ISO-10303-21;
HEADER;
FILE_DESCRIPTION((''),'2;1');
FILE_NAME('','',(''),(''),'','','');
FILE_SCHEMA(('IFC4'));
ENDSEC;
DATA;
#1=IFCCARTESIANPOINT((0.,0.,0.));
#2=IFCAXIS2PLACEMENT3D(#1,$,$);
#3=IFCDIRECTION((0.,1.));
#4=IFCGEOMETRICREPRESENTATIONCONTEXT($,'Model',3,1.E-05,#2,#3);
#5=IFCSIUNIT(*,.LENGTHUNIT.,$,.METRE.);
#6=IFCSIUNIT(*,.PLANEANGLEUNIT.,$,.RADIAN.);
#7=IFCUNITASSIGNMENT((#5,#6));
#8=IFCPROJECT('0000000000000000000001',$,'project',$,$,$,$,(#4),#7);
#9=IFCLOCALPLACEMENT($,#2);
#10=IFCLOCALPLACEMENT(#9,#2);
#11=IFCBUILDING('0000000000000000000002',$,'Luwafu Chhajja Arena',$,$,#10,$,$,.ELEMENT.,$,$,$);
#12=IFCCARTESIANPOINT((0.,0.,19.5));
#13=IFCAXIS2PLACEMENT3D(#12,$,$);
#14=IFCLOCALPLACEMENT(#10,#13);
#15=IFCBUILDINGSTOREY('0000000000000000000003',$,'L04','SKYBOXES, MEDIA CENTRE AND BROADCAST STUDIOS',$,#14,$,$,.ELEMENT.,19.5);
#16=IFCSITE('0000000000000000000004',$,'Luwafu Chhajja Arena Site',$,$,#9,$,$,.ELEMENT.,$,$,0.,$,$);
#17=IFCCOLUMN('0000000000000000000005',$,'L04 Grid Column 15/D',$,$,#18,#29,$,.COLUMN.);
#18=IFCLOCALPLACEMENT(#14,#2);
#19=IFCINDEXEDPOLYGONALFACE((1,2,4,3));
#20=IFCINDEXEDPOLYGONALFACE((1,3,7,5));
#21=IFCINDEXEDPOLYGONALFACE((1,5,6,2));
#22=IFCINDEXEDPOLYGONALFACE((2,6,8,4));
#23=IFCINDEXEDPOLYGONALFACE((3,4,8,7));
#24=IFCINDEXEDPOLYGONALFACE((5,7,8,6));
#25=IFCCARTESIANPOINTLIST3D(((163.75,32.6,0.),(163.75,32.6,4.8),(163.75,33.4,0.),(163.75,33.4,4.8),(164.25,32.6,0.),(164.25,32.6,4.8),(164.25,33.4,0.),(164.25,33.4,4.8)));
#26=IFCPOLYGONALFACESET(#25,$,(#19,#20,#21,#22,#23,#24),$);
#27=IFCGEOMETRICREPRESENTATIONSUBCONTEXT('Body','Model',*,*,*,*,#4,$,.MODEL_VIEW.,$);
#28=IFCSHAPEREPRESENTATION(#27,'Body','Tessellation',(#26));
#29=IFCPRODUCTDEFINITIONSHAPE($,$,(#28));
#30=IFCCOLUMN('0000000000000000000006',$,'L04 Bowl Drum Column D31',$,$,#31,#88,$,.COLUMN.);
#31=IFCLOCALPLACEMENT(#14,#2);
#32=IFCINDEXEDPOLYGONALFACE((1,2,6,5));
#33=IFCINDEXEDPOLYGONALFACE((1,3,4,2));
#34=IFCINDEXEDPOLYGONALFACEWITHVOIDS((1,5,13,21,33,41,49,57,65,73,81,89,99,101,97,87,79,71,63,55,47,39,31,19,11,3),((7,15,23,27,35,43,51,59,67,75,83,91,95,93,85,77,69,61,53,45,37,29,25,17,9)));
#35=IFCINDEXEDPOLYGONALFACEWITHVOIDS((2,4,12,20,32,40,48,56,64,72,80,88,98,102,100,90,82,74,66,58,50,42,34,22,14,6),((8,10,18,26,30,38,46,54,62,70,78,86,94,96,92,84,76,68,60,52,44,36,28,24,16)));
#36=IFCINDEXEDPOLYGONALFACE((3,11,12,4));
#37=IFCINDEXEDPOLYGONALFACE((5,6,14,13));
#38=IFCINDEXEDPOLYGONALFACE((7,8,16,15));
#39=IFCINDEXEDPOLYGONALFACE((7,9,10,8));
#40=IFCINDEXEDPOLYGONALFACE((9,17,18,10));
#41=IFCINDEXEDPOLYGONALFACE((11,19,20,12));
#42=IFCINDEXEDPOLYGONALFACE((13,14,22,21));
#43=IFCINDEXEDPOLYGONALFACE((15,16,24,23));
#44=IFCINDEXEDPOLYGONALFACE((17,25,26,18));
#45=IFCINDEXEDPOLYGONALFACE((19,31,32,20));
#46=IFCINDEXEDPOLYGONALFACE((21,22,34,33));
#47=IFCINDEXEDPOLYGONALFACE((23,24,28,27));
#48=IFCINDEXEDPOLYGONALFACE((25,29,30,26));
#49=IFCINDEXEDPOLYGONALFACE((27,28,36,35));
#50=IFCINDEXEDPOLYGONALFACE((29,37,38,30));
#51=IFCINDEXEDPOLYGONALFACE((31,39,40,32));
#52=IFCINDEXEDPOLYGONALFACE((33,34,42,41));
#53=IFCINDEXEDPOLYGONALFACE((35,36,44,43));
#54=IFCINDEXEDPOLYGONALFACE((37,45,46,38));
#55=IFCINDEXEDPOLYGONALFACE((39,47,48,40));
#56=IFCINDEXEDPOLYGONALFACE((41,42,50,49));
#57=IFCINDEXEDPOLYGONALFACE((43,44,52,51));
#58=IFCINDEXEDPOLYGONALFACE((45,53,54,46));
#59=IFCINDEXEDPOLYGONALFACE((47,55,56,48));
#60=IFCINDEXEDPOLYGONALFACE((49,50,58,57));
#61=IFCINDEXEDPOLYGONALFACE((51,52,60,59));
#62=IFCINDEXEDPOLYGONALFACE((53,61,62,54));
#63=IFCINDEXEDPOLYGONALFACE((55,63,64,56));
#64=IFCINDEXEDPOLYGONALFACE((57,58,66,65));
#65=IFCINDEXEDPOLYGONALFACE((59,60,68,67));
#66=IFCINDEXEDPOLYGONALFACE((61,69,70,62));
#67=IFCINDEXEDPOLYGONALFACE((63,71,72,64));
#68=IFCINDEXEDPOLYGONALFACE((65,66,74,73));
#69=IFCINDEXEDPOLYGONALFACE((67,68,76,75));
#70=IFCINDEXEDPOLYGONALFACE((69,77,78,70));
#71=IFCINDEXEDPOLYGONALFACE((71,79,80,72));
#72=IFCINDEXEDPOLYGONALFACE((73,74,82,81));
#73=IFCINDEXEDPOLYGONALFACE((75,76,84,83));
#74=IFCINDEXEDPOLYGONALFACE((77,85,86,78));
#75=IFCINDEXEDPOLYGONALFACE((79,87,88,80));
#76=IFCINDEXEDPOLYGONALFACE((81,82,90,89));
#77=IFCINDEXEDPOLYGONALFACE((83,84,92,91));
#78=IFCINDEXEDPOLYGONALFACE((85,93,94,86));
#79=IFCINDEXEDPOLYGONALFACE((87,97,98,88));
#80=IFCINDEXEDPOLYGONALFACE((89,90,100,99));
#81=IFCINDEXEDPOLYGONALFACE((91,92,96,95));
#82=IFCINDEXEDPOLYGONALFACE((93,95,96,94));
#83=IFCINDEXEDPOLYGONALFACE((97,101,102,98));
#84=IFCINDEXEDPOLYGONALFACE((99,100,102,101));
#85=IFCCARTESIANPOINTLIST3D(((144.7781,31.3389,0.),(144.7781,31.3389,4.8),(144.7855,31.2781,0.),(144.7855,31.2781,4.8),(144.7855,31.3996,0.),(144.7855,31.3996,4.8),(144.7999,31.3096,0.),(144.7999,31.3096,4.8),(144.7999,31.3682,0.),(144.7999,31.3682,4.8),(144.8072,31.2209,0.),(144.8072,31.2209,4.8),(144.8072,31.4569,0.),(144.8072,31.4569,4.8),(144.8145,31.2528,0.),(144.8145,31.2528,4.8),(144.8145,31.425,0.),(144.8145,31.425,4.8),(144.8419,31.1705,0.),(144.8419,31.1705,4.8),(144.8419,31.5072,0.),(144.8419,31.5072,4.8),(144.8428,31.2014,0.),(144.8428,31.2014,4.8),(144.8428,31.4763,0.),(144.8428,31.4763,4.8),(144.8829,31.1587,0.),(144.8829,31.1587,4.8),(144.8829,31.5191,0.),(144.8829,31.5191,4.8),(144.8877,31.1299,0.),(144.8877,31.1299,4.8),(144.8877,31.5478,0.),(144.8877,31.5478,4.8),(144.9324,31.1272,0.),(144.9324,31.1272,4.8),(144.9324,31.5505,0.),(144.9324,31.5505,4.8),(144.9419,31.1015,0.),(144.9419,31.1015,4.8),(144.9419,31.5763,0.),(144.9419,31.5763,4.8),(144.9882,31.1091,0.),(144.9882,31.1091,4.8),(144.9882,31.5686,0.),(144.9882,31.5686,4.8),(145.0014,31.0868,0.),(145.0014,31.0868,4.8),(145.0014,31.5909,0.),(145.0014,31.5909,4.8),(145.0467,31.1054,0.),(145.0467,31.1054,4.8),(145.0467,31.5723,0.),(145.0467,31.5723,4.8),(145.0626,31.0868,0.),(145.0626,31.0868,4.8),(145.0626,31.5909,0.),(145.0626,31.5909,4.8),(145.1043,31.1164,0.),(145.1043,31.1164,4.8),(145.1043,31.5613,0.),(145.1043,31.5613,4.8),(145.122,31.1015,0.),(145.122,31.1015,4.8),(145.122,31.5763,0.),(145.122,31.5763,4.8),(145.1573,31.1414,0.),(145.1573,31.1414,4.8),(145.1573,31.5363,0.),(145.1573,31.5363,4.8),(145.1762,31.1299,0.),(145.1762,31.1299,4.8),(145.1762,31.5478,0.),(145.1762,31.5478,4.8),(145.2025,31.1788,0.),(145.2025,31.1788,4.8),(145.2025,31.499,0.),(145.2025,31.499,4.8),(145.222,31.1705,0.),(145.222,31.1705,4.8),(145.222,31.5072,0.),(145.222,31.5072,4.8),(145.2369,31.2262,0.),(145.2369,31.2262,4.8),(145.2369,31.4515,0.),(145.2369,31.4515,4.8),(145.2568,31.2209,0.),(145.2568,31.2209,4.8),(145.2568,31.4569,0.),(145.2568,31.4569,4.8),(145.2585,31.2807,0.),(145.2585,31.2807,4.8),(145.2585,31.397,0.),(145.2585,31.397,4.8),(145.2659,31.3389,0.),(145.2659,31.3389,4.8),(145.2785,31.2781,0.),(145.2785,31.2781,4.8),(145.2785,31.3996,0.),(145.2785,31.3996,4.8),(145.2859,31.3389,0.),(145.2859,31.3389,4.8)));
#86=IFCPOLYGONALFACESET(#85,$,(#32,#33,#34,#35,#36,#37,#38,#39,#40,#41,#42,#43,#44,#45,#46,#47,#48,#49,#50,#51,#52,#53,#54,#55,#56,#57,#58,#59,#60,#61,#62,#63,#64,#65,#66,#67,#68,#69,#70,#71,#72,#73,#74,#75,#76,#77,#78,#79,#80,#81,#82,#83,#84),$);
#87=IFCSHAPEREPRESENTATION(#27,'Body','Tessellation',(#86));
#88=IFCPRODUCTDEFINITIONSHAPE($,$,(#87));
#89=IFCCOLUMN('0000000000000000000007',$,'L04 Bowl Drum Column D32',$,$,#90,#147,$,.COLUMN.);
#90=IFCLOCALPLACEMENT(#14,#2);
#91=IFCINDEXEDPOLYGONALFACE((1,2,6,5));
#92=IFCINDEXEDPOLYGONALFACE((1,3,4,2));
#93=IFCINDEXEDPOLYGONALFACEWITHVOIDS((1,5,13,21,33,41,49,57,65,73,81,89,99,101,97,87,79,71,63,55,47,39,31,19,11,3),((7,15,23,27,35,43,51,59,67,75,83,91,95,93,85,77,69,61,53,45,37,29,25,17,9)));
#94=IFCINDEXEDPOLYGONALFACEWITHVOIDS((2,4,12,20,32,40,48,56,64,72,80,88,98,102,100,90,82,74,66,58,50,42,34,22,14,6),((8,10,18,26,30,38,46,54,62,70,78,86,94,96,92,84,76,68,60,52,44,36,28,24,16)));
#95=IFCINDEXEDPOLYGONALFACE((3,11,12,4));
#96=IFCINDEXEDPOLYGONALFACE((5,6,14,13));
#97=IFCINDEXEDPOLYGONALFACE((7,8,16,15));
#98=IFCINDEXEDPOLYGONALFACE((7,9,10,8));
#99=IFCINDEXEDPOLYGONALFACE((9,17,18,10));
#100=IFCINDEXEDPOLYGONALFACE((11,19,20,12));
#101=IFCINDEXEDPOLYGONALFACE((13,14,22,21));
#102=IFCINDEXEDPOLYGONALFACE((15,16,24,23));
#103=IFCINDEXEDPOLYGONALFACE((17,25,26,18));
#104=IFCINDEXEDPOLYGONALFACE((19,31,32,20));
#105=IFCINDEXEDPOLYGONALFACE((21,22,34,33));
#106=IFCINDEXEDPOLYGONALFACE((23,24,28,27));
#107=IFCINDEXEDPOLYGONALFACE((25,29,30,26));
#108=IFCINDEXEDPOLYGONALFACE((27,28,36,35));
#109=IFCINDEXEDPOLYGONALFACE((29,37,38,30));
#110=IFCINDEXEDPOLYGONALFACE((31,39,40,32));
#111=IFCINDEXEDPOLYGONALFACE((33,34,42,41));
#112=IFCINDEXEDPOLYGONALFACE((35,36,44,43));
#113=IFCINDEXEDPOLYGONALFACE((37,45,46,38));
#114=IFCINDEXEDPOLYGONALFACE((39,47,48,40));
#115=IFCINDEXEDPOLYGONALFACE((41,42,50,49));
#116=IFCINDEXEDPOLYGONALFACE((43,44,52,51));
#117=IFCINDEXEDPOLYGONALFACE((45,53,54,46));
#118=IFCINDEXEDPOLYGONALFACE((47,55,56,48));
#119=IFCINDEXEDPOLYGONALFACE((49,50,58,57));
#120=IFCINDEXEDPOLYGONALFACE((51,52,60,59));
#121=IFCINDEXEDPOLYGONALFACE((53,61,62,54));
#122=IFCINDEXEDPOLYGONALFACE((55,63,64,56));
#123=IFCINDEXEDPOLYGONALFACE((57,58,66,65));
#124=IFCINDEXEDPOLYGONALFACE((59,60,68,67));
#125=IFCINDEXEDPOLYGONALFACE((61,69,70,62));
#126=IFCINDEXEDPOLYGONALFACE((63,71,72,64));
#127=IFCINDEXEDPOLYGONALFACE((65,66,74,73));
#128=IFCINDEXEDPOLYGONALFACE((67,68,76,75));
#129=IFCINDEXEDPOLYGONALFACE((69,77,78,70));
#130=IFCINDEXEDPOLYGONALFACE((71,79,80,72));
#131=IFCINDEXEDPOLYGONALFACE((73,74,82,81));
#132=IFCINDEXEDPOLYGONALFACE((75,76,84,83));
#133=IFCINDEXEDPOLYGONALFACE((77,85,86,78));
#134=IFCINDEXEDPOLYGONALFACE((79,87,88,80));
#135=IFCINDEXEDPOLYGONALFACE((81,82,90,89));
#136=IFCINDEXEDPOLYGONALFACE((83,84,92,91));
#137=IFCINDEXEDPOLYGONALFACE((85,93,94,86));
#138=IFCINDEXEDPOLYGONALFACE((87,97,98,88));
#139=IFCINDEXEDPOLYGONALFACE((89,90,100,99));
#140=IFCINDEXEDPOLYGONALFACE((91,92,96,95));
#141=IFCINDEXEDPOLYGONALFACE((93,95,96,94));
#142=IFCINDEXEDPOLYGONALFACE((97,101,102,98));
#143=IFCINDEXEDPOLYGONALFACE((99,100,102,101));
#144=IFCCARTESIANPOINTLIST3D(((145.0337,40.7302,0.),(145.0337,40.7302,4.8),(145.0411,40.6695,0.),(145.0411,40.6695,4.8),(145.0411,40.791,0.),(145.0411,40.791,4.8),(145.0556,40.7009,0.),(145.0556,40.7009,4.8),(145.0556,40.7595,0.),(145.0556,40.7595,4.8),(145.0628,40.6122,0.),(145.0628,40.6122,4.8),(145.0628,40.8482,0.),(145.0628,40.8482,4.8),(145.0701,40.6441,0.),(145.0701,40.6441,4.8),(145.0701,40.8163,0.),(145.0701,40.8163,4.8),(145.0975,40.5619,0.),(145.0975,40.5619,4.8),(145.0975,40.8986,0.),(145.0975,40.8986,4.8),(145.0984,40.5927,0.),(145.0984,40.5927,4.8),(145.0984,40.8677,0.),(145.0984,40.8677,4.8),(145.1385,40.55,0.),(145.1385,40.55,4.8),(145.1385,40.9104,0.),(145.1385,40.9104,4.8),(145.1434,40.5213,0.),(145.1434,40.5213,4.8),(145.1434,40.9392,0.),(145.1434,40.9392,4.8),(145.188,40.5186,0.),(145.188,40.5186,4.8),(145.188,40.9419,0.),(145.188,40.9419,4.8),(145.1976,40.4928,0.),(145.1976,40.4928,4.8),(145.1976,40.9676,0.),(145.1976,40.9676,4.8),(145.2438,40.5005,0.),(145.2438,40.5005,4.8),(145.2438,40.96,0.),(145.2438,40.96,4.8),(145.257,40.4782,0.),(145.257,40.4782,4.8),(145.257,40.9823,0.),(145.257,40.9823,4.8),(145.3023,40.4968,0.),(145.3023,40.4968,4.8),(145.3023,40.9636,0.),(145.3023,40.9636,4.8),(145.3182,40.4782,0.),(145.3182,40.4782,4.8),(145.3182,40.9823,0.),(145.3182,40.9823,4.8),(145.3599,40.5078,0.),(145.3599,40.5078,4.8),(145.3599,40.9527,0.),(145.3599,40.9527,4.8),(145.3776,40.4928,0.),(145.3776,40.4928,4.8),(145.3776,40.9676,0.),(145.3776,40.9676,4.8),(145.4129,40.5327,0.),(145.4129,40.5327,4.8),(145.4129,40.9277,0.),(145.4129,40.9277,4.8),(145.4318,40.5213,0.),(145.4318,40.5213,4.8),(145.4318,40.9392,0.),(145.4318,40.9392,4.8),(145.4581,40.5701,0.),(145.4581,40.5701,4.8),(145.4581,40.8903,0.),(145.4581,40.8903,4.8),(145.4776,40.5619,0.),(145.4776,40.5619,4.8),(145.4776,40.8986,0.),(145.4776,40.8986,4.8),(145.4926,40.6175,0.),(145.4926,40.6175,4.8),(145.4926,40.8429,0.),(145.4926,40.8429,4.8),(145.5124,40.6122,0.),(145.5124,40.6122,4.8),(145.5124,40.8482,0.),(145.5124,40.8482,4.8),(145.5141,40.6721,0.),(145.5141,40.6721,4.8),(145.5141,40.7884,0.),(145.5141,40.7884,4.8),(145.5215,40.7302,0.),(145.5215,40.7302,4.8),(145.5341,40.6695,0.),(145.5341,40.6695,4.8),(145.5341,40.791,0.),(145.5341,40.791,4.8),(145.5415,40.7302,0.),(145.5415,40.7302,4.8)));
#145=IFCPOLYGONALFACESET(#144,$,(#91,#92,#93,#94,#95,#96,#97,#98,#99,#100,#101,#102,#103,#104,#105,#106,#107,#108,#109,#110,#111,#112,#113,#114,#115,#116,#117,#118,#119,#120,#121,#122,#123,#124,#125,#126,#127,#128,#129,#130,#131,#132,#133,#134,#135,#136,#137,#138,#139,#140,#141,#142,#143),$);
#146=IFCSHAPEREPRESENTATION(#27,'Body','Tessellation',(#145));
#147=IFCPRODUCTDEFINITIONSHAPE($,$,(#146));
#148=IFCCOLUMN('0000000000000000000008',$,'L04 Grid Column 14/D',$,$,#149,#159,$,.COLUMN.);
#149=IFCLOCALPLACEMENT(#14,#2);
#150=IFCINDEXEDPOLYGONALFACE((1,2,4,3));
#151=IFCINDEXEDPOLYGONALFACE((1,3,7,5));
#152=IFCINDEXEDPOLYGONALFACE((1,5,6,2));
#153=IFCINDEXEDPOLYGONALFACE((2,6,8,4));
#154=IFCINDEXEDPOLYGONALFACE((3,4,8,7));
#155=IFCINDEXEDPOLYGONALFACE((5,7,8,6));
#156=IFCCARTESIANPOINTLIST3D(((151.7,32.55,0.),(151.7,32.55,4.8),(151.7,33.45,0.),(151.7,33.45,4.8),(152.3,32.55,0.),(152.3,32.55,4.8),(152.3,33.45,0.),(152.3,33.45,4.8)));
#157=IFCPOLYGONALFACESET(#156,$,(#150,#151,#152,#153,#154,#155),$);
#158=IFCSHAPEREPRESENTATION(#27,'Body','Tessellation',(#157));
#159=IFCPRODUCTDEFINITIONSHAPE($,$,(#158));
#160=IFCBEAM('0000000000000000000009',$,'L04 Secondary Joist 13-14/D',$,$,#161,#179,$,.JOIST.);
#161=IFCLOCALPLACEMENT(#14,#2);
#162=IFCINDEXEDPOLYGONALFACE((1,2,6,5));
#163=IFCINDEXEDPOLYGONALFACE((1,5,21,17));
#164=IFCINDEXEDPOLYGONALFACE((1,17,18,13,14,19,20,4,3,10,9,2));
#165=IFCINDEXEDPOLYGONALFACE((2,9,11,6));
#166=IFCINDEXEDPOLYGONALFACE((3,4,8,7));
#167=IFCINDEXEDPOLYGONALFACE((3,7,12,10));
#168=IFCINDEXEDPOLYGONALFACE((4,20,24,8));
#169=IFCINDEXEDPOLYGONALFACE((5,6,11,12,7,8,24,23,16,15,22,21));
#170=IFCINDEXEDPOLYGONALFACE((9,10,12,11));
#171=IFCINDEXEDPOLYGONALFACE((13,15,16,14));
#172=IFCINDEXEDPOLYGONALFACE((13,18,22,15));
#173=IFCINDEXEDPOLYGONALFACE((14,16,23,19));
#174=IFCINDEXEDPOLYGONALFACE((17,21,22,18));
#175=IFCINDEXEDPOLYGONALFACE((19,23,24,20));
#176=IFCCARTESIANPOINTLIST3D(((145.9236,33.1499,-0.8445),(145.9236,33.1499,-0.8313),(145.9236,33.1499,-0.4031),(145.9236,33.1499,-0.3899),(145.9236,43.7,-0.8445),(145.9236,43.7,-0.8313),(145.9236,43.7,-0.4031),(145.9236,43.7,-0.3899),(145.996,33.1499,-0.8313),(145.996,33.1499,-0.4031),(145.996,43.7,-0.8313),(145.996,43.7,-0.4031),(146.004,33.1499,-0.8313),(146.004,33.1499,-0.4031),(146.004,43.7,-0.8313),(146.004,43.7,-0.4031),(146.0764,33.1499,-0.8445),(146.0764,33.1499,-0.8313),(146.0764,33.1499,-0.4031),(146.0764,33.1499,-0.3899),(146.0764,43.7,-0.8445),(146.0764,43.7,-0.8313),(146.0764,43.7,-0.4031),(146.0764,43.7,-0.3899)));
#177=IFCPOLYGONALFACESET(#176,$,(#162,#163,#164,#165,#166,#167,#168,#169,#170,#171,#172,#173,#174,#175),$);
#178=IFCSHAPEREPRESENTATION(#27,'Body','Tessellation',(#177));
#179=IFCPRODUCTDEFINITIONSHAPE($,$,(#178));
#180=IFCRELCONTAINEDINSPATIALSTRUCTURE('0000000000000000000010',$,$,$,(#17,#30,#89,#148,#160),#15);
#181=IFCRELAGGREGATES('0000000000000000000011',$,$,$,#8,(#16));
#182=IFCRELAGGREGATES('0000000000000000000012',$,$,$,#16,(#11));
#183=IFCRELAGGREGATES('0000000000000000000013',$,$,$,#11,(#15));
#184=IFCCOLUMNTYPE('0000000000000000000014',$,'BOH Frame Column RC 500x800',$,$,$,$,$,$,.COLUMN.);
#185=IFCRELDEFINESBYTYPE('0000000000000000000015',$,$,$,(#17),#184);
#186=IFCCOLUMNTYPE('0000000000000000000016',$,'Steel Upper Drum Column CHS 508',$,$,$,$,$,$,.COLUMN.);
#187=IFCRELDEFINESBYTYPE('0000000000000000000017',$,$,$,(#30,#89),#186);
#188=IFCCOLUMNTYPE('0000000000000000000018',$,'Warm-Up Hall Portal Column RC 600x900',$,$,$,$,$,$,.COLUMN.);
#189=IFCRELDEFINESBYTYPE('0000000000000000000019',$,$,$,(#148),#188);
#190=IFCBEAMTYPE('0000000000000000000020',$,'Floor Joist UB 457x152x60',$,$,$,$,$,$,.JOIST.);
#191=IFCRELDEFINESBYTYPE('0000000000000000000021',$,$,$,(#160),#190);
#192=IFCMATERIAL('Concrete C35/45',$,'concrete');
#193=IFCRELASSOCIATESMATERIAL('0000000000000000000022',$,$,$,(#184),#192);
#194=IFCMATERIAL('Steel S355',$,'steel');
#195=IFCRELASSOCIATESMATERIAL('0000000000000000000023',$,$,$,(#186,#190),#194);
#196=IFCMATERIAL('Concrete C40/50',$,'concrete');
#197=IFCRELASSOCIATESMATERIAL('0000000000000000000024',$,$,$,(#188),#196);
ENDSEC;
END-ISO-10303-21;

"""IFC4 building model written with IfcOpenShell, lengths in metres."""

from ifc_helpers import new_model, si_unit, direction, frame, origin, origin_2d, place, context, subcontext, project, spatial, rectangle, hollow_circle, i_section, extrude, material, material_profile, profile_set, type_object, element, save


model = new_model("IFC4")

# Units and contexts
model_context = context("Model", 3, precision=1e-05, world=origin(), true_north=direction((0.0, 1.0)))
body_context = subcontext(model_context, "Body", "Model", "MODEL_VIEW")
ifc_project = project(units=[si_unit("LENGTHUNIT", "METRE"), si_unit("PLANEANGLEUNIT", "RADIAN")], contexts=[model_context])

# Site, building, storey
site_placement = place(None, origin())
site = spatial("IfcSite", under=ifc_project, at=site_placement, Name="Luwafu Chhajja Arena Site", CompositionType="ELEMENT", RefElevation=0.0)
building_placement = place(site_placement, origin())
building = spatial("IfcBuilding", under=site, at=building_placement, Name="Luwafu Chhajja Arena", CompositionType="ELEMENT")
storey_placement = place(building_placement, frame((0.0, 0.0, 19.5)))
storey = spatial("IfcBuildingStorey", under=building, at=storey_placement, Name="L04", Description="SKYBOXES, MEDIA CENTRE AND BROADCAST STUDIOS", CompositionType="ELEMENT", Elevation=19.5)

# Columns
ifc_material_1 = material(Name="Concrete C35/45", Category="concrete")
ifc_material_profile_1 = material_profile(ifc_material_1, rectangle(XDim=0.5, YDim=0.8, at=origin_2d()), Name="RC 500x800")
ifc_profile_set_1 = profile_set([ifc_material_profile_1], Name="Concrete C35/45")
column_type_1 = type_object("IfcColumnType", Name="BOH Frame Column RC 500x800", PredefinedType="COLUMN", material=ifc_profile_set_1)
column_1_placement = place(storey_placement, frame((164.0, 33.0, 0.0), z_axis=(0.0, 0.0, 1.0), x_axis=(1.0, 0.0, 0.0)))
element("IfcColumn", 1, at=column_1_placement, inside=storey, type_object=column_type_1, Name="L04 Grid Column 15/D", PredefinedType="COLUMN", context=body_context, shape_type="SweptSolid", body=[
    extrude(rectangle(XDim=0.5, YDim=0.8, at=origin_2d()), origin(), (0.0, 0.0, 1.0), 4.8),
])
ifc_material_2 = material(Name="Steel S355", Category="steel")
ifc_material_profile_2 = material_profile(ifc_material_2, hollow_circle(Radius=0.2539, WallThickness=0.02, at=origin_2d()), Name="CHS 508x20")
ifc_profile_set_2 = profile_set([ifc_material_profile_2], Name="Steel S355")
column_type_2 = type_object("IfcColumnType", Name="Steel Upper Drum Column CHS 508", PredefinedType="COLUMN", material=ifc_profile_set_2)
for number, where, z_axis, x_axis, name in (
    (2, (145.032, 31.3389, 0.0), (0.0, 0.0, 1.0), (1.0, 0.0, 0.0), "L04 Bowl Drum Column D31"),
    (3, (145.2876, 40.7302, 0.0), (0.0, 0.0, 1.0), (1.0, 0.0, 0.0), "L04 Bowl Drum Column D32"),
):
    element("IfcColumn", number, at=place(storey_placement, frame(where, z_axis=z_axis, x_axis=x_axis)), inside=storey, type_object=column_type_2, Name=name, PredefinedType="COLUMN", context=body_context, shape_type="SweptSolid", body=[
        extrude(hollow_circle(Radius=0.2539, WallThickness=0.02, at=origin_2d()), origin(), (0.0, 0.0, 1.0), 4.8),
    ])
ifc_material_3 = material(Name="Concrete C40/50", Category="concrete")
ifc_material_profile_3 = material_profile(ifc_material_3, rectangle(XDim=0.6001, YDim=0.8999, at=origin_2d()), Name="RC 600x900")
ifc_profile_set_3 = profile_set([ifc_material_profile_3], Name="Concrete C40/50")
column_type_3 = type_object("IfcColumnType", Name="Warm-Up Hall Portal Column RC 600x900", PredefinedType="COLUMN", material=ifc_profile_set_3)
column_2_placement = place(storey_placement, frame((152.0, 33.0, 0.0), z_axis=(0.0, 0.0, 1.0), x_axis=(1.0, 0.0, 0.0)))
element("IfcColumn", 4, at=column_2_placement, inside=storey, type_object=column_type_3, Name="L04 Grid Column 14/D", PredefinedType="COLUMN", context=body_context, shape_type="SweptSolid", body=[
    extrude(rectangle(XDim=0.6001, YDim=0.8999, at=origin_2d()), origin(), (0.0, 0.0, 1.0), 4.8),
])

# Beam
ifc_material_profile_4 = material_profile(ifc_material_2, i_section(OverallWidth=0.1528, OverallDepth=0.4546, WebThickness=0.0081, FlangeThickness=0.0132, at=origin_2d()), Name="UB 457x152x60")
ifc_profile_set_4 = profile_set([ifc_material_profile_4], Name="Steel S355")
beam_type_1 = type_object("IfcBeamType", Name="Floor Joist UB 457x152x60", PredefinedType="JOIST", material=ifc_profile_set_4)
beam_1_placement = place(storey_placement, frame((146.0, 33.1499, -0.6172), z_axis=(0.0, 1.0, 0.0), x_axis=(-1.0, 0.0, 0.0)))
element("IfcBeam", 5, at=beam_1_placement, inside=storey, type_object=beam_type_1, Name="L04 Secondary Joist 13-14/D", PredefinedType="JOIST", context=body_context, shape_type="SweptSolid", body=[
    extrude(i_section(OverallWidth=0.1528, OverallDepth=0.4546, WebThickness=0.0081, FlangeThickness=0.0132, at=origin_2d()), origin(), (0.0, 0.0, 1.0), 10.55),
])

save(model, "model.ifc")
